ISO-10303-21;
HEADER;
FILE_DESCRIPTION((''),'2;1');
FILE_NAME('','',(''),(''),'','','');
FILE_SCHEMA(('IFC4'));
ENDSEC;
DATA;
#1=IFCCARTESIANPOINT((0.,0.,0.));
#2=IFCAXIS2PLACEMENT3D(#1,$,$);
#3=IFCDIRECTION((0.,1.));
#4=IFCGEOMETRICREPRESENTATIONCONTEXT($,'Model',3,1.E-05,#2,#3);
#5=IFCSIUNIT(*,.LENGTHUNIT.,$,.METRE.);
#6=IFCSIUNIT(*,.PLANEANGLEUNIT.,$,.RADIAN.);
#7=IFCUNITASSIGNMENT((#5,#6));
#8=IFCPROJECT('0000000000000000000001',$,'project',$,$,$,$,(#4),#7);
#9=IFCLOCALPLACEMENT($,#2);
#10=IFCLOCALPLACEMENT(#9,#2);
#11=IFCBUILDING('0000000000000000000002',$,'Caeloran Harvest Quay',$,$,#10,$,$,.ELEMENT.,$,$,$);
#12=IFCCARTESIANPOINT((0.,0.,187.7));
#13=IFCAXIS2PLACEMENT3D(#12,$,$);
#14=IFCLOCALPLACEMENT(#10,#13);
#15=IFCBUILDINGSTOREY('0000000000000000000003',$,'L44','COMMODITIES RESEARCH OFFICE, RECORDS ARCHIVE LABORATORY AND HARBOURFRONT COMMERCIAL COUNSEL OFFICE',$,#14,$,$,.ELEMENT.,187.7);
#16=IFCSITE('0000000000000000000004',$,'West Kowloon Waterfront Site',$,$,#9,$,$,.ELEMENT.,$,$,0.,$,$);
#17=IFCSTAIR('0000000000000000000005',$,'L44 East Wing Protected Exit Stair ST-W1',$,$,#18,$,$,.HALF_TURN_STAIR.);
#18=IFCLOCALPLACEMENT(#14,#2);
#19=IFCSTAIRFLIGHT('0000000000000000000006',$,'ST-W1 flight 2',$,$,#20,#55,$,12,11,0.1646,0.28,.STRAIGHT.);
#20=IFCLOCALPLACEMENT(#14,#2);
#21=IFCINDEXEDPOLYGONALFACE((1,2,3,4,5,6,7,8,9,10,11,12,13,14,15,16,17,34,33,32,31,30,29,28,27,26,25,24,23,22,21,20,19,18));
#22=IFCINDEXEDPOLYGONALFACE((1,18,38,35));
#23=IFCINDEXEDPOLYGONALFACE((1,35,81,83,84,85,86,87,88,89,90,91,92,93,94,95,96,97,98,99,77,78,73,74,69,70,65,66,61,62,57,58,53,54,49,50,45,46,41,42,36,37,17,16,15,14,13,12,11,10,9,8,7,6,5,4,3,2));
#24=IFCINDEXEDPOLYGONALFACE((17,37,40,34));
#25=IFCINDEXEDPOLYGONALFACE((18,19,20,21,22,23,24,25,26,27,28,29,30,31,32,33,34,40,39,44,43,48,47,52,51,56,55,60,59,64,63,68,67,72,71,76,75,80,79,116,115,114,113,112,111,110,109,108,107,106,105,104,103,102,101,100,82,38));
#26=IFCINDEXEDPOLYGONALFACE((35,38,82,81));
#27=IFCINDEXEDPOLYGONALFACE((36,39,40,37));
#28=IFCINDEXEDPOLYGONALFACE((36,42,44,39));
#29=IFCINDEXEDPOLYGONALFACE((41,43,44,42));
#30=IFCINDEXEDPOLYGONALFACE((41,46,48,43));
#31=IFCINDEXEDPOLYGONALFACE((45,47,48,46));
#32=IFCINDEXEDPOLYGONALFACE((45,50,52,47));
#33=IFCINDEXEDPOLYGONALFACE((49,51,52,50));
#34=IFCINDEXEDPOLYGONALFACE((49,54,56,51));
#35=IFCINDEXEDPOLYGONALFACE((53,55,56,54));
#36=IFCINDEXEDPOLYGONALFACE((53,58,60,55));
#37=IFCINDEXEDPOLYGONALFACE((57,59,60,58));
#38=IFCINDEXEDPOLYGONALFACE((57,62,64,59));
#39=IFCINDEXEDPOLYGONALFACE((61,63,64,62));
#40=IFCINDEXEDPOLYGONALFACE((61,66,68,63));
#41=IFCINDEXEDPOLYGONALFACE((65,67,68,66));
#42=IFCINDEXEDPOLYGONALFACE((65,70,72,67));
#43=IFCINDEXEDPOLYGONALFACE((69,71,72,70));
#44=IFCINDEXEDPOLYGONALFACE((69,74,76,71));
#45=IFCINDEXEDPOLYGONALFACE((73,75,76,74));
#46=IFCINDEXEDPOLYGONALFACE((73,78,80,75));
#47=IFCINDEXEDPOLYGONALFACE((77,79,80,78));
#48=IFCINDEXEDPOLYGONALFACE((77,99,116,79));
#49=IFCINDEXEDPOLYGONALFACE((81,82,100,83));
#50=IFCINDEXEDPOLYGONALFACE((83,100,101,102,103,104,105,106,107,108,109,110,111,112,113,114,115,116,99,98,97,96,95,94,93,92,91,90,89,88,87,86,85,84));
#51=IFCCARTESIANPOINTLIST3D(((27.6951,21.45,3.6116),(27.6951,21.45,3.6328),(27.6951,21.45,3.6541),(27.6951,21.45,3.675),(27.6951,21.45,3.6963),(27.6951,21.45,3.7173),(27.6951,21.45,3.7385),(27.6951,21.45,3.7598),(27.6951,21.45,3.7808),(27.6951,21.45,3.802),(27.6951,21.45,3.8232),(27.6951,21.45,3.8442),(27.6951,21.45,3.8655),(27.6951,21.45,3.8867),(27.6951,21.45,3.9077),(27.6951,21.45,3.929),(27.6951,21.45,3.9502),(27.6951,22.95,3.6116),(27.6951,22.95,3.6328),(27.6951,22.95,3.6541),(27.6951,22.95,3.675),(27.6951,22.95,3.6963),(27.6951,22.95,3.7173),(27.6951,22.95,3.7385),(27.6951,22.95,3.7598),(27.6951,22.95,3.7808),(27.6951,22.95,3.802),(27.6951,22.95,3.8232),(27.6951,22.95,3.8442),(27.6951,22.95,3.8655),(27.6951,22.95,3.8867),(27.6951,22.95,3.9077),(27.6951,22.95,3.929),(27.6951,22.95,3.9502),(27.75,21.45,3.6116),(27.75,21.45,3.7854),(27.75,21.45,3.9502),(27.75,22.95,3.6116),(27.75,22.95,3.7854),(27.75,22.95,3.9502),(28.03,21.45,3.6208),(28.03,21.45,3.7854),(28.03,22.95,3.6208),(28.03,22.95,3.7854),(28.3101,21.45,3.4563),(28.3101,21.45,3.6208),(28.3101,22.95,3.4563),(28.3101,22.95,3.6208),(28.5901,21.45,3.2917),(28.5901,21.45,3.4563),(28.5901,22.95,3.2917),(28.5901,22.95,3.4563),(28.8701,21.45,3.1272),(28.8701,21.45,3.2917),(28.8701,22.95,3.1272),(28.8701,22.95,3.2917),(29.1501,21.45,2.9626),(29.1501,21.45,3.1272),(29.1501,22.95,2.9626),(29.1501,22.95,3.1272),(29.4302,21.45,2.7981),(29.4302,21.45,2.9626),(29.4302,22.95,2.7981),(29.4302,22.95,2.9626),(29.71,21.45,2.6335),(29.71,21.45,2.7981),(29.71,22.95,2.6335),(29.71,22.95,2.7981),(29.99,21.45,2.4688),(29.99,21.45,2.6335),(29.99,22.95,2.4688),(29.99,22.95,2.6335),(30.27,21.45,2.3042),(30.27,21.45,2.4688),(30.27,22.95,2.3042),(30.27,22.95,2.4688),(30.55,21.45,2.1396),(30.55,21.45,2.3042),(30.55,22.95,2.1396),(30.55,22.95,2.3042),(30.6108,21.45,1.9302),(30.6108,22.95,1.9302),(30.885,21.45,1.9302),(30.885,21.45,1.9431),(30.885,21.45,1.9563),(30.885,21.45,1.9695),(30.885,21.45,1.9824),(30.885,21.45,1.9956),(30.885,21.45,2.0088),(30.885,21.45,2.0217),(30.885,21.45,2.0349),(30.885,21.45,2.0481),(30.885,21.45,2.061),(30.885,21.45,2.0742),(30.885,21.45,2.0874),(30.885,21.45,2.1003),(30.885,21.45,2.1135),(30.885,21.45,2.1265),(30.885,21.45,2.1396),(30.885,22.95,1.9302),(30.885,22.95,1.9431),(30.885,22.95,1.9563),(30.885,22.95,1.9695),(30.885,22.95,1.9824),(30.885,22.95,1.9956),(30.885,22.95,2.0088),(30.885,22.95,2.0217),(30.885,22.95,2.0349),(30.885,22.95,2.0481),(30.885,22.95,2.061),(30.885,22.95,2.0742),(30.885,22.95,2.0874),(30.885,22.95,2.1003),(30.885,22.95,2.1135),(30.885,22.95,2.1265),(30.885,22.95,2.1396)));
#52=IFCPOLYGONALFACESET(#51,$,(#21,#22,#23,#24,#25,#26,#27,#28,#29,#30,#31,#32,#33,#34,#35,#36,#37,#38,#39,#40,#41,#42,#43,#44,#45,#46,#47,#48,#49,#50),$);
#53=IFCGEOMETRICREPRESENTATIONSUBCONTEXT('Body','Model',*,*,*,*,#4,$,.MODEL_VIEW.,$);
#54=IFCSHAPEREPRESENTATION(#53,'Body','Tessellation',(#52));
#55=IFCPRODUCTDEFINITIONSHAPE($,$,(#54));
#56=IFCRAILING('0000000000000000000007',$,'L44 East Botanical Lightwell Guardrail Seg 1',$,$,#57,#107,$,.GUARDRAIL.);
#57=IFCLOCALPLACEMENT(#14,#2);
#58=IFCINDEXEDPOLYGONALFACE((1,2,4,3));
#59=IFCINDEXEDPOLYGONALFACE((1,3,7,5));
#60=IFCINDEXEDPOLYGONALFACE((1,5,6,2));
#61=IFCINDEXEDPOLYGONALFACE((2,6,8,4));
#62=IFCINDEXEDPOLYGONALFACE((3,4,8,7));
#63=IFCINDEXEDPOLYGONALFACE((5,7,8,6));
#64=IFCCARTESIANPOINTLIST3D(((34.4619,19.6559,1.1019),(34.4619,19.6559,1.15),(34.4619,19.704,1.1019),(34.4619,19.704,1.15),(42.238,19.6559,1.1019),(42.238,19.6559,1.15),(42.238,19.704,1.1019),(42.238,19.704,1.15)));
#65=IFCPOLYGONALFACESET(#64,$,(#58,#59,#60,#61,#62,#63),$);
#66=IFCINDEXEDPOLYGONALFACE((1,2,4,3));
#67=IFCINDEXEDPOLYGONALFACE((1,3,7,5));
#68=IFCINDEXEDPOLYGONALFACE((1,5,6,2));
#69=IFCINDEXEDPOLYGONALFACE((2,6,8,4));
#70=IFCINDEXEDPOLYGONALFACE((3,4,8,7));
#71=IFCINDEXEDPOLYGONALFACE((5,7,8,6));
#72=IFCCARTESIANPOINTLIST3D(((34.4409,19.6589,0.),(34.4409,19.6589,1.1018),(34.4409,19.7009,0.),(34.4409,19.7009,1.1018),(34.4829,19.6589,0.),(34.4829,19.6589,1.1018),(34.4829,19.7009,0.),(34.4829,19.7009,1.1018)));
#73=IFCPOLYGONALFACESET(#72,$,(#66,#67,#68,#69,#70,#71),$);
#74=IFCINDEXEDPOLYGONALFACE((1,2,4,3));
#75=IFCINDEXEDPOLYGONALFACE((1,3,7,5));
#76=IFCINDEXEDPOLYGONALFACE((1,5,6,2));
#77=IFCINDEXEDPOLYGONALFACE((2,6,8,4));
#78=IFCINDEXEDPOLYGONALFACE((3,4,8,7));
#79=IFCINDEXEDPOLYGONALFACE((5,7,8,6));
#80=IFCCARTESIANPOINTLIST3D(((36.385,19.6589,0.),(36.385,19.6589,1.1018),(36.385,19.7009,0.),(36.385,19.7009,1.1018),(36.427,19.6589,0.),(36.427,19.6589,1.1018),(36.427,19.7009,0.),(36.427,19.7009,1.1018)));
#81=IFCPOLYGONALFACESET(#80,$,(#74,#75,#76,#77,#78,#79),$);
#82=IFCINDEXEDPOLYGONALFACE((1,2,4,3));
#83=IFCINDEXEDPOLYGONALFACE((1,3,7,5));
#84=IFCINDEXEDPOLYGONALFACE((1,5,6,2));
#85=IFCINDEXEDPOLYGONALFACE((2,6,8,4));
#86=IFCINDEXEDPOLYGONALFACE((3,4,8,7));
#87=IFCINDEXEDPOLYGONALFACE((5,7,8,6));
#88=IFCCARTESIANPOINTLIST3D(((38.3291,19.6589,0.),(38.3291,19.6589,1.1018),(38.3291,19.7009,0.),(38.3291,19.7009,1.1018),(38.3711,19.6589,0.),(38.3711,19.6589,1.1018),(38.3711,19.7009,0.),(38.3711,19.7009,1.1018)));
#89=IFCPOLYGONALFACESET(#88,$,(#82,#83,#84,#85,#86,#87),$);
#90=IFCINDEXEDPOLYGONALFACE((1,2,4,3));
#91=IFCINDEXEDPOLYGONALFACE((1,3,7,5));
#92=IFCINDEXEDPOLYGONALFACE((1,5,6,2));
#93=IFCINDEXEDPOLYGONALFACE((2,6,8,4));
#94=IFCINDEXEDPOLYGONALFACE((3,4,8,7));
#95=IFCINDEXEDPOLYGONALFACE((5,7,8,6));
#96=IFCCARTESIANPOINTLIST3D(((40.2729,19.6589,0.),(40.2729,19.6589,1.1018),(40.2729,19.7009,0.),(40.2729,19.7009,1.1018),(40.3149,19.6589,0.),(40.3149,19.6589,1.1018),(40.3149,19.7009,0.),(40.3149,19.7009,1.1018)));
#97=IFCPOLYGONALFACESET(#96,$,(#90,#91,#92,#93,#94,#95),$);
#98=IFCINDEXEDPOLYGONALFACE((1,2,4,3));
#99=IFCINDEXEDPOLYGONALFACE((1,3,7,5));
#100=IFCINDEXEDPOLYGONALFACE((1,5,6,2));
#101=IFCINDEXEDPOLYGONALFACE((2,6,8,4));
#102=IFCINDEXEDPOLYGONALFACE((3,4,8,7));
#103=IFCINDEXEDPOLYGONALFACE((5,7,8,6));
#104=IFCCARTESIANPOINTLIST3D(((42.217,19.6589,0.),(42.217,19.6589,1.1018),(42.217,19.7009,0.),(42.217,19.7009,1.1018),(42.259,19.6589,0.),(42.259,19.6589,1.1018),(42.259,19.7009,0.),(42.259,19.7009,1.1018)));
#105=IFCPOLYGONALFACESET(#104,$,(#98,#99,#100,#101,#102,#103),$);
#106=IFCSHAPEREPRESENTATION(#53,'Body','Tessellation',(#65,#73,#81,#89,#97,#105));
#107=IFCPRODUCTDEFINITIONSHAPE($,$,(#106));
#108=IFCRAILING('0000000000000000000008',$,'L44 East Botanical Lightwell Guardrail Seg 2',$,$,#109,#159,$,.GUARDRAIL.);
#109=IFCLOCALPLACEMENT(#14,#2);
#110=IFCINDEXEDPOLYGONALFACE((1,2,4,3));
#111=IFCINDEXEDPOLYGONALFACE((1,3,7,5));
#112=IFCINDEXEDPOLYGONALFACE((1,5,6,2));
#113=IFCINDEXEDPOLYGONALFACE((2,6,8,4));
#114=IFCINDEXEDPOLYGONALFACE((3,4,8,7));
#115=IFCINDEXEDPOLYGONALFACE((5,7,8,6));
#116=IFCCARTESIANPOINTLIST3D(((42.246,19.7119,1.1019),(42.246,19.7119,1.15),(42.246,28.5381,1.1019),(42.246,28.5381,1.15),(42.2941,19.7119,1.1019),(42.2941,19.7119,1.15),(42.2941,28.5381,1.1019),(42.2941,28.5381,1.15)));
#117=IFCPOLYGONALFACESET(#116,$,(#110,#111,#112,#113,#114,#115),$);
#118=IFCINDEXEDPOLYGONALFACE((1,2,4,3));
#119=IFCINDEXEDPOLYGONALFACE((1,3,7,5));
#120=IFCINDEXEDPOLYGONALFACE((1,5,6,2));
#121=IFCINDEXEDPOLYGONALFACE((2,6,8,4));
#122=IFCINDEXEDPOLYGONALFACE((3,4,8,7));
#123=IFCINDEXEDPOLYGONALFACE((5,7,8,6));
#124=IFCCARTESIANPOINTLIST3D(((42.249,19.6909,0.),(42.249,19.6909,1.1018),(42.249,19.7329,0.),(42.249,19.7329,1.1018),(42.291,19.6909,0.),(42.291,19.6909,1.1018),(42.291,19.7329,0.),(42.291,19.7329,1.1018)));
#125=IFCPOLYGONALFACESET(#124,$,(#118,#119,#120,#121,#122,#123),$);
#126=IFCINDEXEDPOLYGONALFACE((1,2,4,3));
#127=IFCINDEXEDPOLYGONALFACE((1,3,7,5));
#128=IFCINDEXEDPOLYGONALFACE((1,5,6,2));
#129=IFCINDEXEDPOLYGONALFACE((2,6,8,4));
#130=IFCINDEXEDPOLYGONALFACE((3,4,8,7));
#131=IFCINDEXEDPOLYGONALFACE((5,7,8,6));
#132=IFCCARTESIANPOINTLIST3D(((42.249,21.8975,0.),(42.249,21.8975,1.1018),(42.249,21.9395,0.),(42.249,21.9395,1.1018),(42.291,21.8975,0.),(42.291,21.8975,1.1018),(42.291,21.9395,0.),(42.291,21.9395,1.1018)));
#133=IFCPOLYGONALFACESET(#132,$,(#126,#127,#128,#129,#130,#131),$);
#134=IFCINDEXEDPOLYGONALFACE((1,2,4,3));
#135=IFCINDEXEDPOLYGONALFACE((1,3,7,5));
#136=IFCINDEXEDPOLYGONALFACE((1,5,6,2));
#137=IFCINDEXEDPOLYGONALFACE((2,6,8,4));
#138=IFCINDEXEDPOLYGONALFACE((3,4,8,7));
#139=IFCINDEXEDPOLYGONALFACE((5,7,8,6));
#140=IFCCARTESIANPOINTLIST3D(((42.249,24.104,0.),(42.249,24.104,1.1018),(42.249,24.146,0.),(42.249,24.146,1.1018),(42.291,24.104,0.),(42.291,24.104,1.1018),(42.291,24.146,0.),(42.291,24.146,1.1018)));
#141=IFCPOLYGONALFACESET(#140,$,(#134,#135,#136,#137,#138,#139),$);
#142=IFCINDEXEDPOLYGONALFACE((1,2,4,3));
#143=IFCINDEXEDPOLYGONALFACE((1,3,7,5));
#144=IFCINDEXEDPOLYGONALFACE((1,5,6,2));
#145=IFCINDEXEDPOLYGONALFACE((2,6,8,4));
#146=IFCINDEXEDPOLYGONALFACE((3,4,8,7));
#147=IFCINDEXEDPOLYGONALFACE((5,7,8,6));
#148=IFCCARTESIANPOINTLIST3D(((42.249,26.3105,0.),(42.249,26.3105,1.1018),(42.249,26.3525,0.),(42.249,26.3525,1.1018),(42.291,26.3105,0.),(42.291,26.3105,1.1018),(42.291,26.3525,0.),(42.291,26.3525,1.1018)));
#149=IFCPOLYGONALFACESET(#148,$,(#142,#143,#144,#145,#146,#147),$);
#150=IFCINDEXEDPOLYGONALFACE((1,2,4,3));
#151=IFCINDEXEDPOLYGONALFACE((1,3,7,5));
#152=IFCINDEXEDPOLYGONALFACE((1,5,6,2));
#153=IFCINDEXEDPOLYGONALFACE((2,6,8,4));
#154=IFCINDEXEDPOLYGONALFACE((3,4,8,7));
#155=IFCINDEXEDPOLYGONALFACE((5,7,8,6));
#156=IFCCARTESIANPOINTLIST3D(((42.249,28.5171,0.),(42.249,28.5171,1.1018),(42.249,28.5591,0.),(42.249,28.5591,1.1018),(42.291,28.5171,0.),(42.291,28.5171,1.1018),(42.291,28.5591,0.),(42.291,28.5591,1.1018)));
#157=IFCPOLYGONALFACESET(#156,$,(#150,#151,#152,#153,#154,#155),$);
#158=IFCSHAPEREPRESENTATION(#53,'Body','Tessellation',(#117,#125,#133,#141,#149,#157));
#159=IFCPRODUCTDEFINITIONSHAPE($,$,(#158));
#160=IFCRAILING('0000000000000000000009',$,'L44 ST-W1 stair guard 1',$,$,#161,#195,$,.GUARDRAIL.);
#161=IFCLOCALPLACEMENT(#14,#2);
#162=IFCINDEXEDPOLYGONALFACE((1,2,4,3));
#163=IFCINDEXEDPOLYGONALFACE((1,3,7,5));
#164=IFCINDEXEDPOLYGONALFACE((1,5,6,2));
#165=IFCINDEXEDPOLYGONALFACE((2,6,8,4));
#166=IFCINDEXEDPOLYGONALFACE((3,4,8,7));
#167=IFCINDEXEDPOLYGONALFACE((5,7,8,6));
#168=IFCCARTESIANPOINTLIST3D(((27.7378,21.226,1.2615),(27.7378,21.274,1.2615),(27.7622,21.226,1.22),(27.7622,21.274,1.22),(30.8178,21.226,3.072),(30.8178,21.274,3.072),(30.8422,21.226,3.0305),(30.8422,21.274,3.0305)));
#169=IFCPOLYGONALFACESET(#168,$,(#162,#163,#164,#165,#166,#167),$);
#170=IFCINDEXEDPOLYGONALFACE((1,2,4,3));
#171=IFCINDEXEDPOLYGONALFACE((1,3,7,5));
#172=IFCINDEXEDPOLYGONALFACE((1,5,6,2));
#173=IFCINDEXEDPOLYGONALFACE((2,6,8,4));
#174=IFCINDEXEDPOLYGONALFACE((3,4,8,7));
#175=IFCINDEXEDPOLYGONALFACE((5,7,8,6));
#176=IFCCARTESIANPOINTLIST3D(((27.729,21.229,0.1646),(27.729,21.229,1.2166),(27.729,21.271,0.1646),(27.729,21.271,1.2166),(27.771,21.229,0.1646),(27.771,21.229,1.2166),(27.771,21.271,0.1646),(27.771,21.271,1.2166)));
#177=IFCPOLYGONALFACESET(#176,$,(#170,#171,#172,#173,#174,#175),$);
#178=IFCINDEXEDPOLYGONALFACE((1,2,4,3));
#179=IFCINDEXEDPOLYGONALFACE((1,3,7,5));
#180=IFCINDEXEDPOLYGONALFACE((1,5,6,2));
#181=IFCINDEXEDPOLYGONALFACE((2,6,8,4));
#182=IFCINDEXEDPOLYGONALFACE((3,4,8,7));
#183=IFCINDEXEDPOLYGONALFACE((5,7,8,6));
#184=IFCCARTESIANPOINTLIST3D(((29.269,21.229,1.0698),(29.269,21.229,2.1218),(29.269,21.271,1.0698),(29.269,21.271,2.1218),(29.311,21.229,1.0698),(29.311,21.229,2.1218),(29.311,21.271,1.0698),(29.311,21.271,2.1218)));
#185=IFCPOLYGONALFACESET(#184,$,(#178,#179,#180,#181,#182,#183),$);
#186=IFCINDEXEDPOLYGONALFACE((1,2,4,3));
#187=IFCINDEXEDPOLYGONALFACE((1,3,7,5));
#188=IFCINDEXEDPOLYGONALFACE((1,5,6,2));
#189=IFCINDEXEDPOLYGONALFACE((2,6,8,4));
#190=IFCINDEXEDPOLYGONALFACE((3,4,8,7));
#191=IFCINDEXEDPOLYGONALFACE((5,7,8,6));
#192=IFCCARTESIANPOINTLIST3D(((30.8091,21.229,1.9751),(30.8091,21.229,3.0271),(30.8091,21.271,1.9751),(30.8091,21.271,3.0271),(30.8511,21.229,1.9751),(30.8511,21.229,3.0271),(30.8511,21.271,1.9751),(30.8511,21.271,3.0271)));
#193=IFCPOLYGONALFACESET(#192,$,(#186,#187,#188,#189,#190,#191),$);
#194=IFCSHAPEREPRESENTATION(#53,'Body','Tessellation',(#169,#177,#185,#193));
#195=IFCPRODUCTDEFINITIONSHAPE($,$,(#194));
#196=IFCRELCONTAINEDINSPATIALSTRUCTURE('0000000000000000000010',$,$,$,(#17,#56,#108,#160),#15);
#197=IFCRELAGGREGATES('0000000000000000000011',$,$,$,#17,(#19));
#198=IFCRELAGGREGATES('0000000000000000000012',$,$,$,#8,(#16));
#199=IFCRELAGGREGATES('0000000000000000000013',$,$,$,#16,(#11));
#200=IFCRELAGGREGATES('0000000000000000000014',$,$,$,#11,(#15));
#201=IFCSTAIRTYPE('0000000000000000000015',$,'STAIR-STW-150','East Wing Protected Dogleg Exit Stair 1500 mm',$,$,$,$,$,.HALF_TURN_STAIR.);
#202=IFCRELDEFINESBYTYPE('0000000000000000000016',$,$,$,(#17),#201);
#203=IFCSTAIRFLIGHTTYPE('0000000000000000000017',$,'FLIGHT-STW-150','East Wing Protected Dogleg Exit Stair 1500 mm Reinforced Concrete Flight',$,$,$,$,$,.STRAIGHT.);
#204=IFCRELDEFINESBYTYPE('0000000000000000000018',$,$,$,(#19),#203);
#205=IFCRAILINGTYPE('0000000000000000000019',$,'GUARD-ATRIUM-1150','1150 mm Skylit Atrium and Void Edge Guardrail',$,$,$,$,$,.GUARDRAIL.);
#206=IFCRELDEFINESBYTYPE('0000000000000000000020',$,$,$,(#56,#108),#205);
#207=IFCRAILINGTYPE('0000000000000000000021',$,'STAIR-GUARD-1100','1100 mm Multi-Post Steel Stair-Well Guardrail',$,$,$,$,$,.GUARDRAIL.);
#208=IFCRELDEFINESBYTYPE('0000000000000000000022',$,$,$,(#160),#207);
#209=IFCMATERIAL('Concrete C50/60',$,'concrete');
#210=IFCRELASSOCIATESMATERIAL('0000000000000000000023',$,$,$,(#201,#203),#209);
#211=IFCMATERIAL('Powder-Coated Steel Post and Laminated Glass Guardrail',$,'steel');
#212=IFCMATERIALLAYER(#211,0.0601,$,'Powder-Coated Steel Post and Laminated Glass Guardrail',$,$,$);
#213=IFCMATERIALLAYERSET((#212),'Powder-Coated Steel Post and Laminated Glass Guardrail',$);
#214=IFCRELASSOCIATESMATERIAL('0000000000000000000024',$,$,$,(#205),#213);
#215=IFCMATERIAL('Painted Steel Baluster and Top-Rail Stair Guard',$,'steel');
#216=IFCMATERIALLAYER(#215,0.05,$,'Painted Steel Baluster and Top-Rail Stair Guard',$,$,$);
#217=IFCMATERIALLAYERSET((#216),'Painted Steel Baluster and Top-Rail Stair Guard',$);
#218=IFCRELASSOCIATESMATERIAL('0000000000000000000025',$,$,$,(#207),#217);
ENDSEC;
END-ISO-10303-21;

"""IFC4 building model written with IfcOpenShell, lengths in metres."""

from ifc_helpers import new_model, si_unit, direction, frame, origin, origin_2d, place, context, subcontext, project, spatial, polyline, rectangle, outline, extrude, material, layer, layer_set, type_object, element, aggregate, save


model = new_model("IFC4")

# Units and contexts
model_context = context("Model", 3, precision=1e-05, world=origin(), true_north=direction((0.0, 1.0)))
body_context = subcontext(model_context, "Body", "Model", "MODEL_VIEW")
ifc_project = project(units=[si_unit("LENGTHUNIT", "METRE"), si_unit("PLANEANGLEUNIT", "RADIAN")], contexts=[model_context])

# Site, building, storey
site_placement = place(None, origin())
site = spatial("IfcSite", under=ifc_project, at=site_placement, Name="West Kowloon Waterfront Site", CompositionType="ELEMENT", RefElevation=0.0)
building_placement = place(site_placement, origin())
building = spatial("IfcBuilding", under=site, at=building_placement, Name="Caeloran Harvest Quay", CompositionType="ELEMENT")
storey_placement = place(building_placement, frame((0.0, 0.0, 187.7)))
storey = spatial("IfcBuildingStorey", under=building, at=storey_placement, Name="L44", Description="COMMODITIES RESEARCH OFFICE, RECORDS ARCHIVE LABORATORY AND HARBOURFRONT COMMERCIAL COUNSEL OFFICE", CompositionType="ELEMENT", Elevation=187.7)

# Stair, stair flight
ifc_material_1 = material(Name="Concrete C50/60", Category="concrete")
stair_type = type_object("IfcStairType", Name="STAIR-STW-150", Description="East Wing Protected Dogleg Exit Stair 1500 mm", PredefinedType="HALF_TURN_STAIR", material=ifc_material_1)
stair_placement = place(storey_placement, origin())
stair = element("IfcStair", 1, at=stair_placement, inside=storey, type_object=stair_type, Name="L44 East Wing Protected Exit Stair ST-W1", PredefinedType="HALF_TURN_STAIR")
stair_flight_type = type_object("IfcStairFlightType", Name="FLIGHT-STW-150", Description="East Wing Protected Dogleg Exit Stair 1500 mm Reinforced Concrete Flight", PredefinedType="STRAIGHT", material=ifc_material_1)
stair_flight_1_placement = place(storey_placement, frame((30.8301, 22.2, 1.9751), z_axis=(0.0, 0.0, 1.0), x_axis=(-1.0, 0.0, 0.0)))
stair_flight_1 = element("IfcStairFlight", 2, at=stair_flight_1_placement, type_object=stair_flight_type, Name="ST-W1 flight 2", NumberOfRisers=12, NumberOfTreads=11, PredefinedType="STRAIGHT", RiserHeight=0.1646, TreadLength=0.28, context=body_context, shape_type="SweptSolid", body=[
    extrude(outline(polyline([(-0.0549, -0.0449), (-0.0549, -0.032), (-0.0549, -0.0188), (-0.0549, -0.0056), (-0.0549, 0.0073), (-0.0549, 0.0205), (-0.0549, 0.0337), (-0.0549, 0.0466), (-0.0549, 0.0598), (-0.0549, 0.073), (-0.0549, 0.0859), (-0.0549, 0.0991), (-0.0549, 0.1123), (-0.0549, 0.1252), (-0.0549, 0.1384), (-0.0549, 0.1514), (-0.0549, 0.1646), (0.28, 0.1646), (0.28, 0.3291), (0.5601, 0.3291), (0.5601, 0.4937), (0.8401, 0.4937), (0.8401, 0.6584), (1.1201, 0.6584), (1.1201, 0.823), (1.3999, 0.823), (1.3999, 0.9875), (1.6799, 0.9875), (1.6799, 1.1521), (1.96, 1.1521), (1.96, 1.3167), (2.24, 1.3167), (2.24, 1.4812), (2.52, 1.4812), (2.52, 1.6458), (2.8, 1.6458), (2.8, 1.8103), (3.0801, 1.8103), (3.0801, 1.9751), (3.135, 1.9751), (3.135, 1.9539), (3.135, 1.9326), (3.135, 1.9116), (3.135, 1.8904), (3.135, 1.8691), (3.135, 1.8481), (3.135, 1.8269), (3.135, 1.8057), (3.135, 1.7847), (3.135, 1.7634), (3.135, 1.7422), (3.135, 1.7212), (3.135, 1.7), (3.135, 1.679), (3.135, 1.6577), (3.135, 1.6365), (3.0801, 1.6365), (0.2192, -0.0449), (-0.0549, -0.0449)])), frame((0.0, 0.75, 0.0), z_axis=(0.0, -1.0, 0.0), x_axis=(1.0, 0.0, 0.0)), (0.0, 0.0, 1.0), 1.5),
])
aggregate(stair, [stair_flight_1])

# Railings
ifc_material_2 = material(Name="Powder-Coated Steel Post and Laminated Glass Guardrail", Category="steel")
ifc_layer_1 = layer(ifc_material_2, 0.0601, Name="Powder-Coated Steel Post and Laminated Glass Guardrail")
ifc_layer_set_1 = layer_set([ifc_layer_1], Name="Powder-Coated Steel Post and Laminated Glass Guardrail")
railing_type_1 = type_object("IfcRailingType", Name="GUARD-ATRIUM-1150", Description="1150 mm Skylit Atrium and Void Edge Guardrail", PredefinedType="GUARDRAIL", material=ifc_layer_set_1)
railing_1_placement = place(storey_placement, frame((34.4619, 19.6799, 0.0)))
element("IfcRailing", 3, at=railing_1_placement, inside=storey, type_object=railing_type_1, Name="L44 East Botanical Lightwell Guardrail Seg 1", PredefinedType="GUARDRAIL", context=body_context, shape_type="SweptSolid", body=[
    extrude(rectangle(XDim=0.0481, YDim=0.0481, at=origin_2d()), frame((0.0, 0.0, 1.126), z_axis=(1.0, 0.0, 0.0), x_axis=(0.0, 1.0, 0.0)), (0.0, 0.0, 1.0), 7.7761),
    extrude(rectangle(XDim=0.042, YDim=0.042, at=origin_2d()), origin(), (0.0, 0.0, 1.0), 1.1018),
    extrude(rectangle(XDim=0.042, YDim=0.042, at=origin_2d()), frame((1.9441, 0.0, 0.0)), (0.0, 0.0, 1.0), 1.1018),
    extrude(rectangle(XDim=0.042, YDim=0.042, at=origin_2d()), frame((3.8882, 0.0, 0.0)), (0.0, 0.0, 1.0), 1.1018),
    extrude(rectangle(XDim=0.042, YDim=0.042, at=origin_2d()), frame((5.832, 0.0, 0.0)), (0.0, 0.0, 1.0), 1.1018),
    extrude(rectangle(XDim=0.042, YDim=0.042, at=origin_2d()), frame((7.7761, 0.0, 0.0)), (0.0, 0.0, 1.0), 1.1018),
])
railing_2_placement = place(storey_placement, frame((42.27, 19.7119, 0.0)))
element("IfcRailing", 4, at=railing_2_placement, inside=storey, type_object=railing_type_1, Name="L44 East Botanical Lightwell Guardrail Seg 2", PredefinedType="GUARDRAIL", context=body_context, shape_type="SweptSolid", body=[
    extrude(rectangle(XDim=0.0481, YDim=0.0481, at=origin_2d()), frame((0.0, 0.0, 1.126), z_axis=(0.0, 1.0, 0.0), x_axis=(-1.0, 0.0, 0.0)), (0.0, 0.0, 1.0), 8.8262),
    extrude(rectangle(XDim=0.042, YDim=0.042, at=origin_2d()), origin(), (0.0, 0.0, 1.0), 1.1018),
    extrude(rectangle(XDim=0.042, YDim=0.042, at=origin_2d()), frame((0.0, 2.2065, 0.0)), (0.0, 0.0, 1.0), 1.1018),
    extrude(rectangle(XDim=0.042, YDim=0.042, at=origin_2d()), frame((0.0, 4.4131, 0.0)), (0.0, 0.0, 1.0), 1.1018),
    extrude(rectangle(XDim=0.042, YDim=0.042, at=origin_2d()), frame((0.0, 6.6196, 0.0)), (0.0, 0.0, 1.0), 1.1018),
    extrude(rectangle(XDim=0.042, YDim=0.042, at=origin_2d()), frame((0.0, 8.8262, 0.0)), (0.0, 0.0, 1.0), 1.1018),
])
ifc_material_3 = material(Name="Painted Steel Baluster and Top-Rail Stair Guard", Category="steel")
ifc_layer_2 = layer(ifc_material_3, 0.05, Name="Painted Steel Baluster and Top-Rail Stair Guard")
ifc_layer_set_2 = layer_set([ifc_layer_2], Name="Painted Steel Baluster and Top-Rail Stair Guard")
railing_type_2 = type_object("IfcRailingType", Name="STAIR-GUARD-1100", Description="1100 mm Multi-Post Steel Stair-Well Guardrail", PredefinedType="GUARDRAIL", material=ifc_layer_set_2)
railing_3_placement = place(storey_placement, frame((27.75, 21.25, 0.1646)))
element("IfcRailing", 5, at=railing_3_placement, inside=storey, type_object=railing_type_2, Name="L44 ST-W1 stair guard 1", PredefinedType="GUARDRAIL", context=body_context, shape_type="SweptSolid", body=[
    extrude(rectangle(XDim=0.0481, YDim=0.0481, at=origin_2d()), frame((0.0, 0.0, 1.0762), z_axis=(0.862089, 0.0, 0.506757), x_axis=(0.0, 1.0, 0.0)), (0.0, 0.0, 1.0), 3.5728),
    extrude(rectangle(XDim=0.042, YDim=0.042, at=origin_2d()), origin(), (0.0, 0.0, 1.0), 1.052),
    extrude(rectangle(XDim=0.042, YDim=0.042, at=origin_2d()), frame((1.54, 0.0, 0.9053)), (0.0, 0.0, 1.0), 1.052),
    extrude(rectangle(XDim=0.042, YDim=0.042, at=origin_2d()), frame((3.0801, 0.0, 1.8105)), (0.0, 0.0, 1.0), 1.052),
])

save(model, "model.ifc")
